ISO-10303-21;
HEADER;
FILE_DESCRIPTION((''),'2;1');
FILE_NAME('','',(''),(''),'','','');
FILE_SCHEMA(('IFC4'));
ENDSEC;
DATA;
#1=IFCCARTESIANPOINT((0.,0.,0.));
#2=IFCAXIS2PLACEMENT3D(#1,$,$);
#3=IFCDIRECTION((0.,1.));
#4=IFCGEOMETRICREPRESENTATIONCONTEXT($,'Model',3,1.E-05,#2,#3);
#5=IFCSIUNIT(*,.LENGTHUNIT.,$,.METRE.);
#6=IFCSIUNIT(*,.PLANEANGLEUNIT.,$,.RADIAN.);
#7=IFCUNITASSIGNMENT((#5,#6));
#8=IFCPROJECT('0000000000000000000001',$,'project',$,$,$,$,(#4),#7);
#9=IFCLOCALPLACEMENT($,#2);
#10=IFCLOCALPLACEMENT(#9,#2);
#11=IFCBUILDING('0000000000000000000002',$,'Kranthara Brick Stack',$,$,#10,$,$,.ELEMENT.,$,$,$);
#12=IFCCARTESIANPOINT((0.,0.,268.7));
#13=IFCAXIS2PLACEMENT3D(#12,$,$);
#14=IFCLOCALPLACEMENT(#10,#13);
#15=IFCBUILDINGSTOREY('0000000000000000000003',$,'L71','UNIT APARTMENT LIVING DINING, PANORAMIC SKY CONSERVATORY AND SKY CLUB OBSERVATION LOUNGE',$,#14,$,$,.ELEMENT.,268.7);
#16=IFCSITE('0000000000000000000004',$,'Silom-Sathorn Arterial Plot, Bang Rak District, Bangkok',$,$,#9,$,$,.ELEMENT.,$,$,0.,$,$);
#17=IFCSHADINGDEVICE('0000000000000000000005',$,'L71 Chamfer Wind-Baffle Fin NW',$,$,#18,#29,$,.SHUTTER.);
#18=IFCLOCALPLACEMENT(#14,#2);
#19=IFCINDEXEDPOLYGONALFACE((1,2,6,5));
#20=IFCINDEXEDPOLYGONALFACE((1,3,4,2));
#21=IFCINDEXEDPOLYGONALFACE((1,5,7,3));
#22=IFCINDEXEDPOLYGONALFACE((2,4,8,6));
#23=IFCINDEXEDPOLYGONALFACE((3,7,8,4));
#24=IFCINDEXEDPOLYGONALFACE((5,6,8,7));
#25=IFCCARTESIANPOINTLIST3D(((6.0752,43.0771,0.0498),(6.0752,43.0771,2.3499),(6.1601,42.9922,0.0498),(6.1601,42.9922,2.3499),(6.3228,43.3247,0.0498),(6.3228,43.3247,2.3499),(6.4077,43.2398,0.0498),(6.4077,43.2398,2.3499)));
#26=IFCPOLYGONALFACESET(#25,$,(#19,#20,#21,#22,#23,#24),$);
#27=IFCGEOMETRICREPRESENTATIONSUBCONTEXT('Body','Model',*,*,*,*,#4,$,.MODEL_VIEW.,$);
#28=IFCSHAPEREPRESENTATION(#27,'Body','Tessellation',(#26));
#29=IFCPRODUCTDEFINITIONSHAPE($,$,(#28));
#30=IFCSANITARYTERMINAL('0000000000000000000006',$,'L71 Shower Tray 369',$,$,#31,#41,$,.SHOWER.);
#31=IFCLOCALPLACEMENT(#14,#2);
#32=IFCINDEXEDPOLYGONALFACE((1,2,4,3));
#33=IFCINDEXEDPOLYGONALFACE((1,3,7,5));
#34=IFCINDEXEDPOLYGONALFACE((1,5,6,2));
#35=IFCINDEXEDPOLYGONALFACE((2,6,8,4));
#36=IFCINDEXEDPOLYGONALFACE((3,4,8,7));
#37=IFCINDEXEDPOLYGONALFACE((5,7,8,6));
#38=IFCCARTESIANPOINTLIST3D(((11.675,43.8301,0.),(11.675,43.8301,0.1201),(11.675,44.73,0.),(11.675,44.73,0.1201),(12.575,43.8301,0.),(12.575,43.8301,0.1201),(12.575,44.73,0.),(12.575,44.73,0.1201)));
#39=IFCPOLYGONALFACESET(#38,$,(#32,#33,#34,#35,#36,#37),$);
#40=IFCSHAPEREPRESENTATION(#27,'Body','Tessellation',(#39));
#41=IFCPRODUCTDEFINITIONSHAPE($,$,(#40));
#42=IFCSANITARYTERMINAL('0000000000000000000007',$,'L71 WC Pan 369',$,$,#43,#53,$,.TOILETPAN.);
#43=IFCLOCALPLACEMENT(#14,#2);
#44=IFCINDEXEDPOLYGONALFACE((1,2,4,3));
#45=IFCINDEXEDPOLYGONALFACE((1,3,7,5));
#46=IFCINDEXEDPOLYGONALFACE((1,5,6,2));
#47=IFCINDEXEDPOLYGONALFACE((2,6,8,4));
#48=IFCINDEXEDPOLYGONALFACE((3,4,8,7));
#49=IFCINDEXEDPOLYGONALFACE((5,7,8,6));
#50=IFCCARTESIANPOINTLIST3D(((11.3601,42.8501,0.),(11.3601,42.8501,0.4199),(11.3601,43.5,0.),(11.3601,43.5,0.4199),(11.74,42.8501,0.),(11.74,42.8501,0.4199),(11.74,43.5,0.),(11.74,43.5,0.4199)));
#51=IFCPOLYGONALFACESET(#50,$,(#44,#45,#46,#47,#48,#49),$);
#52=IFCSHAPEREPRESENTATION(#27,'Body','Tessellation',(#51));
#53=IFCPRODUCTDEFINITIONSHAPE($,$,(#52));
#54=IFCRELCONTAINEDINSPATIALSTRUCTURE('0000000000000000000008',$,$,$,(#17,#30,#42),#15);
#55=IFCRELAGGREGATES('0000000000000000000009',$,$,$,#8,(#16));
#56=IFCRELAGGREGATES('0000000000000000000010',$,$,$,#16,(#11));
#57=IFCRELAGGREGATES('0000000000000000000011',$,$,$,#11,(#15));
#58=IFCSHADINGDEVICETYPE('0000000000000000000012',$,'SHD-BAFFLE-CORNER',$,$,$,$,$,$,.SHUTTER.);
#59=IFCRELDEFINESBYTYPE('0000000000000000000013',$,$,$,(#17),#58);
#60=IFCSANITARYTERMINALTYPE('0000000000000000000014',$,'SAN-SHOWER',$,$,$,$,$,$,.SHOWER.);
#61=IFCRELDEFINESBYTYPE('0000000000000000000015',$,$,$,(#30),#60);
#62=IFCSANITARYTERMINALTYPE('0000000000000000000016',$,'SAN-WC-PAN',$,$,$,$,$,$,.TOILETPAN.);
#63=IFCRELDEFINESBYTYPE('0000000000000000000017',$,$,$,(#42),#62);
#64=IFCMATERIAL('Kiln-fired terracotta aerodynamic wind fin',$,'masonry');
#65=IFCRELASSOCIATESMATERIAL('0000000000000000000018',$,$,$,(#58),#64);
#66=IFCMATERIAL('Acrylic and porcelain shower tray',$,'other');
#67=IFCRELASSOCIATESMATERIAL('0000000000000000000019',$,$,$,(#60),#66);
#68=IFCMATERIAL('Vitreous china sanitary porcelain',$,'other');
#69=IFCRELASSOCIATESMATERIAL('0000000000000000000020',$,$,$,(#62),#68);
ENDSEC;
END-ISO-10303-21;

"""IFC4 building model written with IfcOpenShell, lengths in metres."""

from ifc_helpers import new_model, si_unit, direction, frame, origin, origin_2d, place, context, subcontext, project, spatial, rectangle, extrude, material, type_object, element, save


model = new_model("IFC4")

# Units and contexts
model_context = context("Model", 3, precision=1e-05, world=origin(), true_north=direction((0.0, 1.0)))
body_context = subcontext(model_context, "Body", "Model", "MODEL_VIEW")
ifc_project = project(units=[si_unit("LENGTHUNIT", "METRE"), si_unit("PLANEANGLEUNIT", "RADIAN")], contexts=[model_context])

# Site, building, storey
site_placement = place(None, origin())
site = spatial("IfcSite", under=ifc_project, at=site_placement, Name="Silom-Sathorn Arterial Plot, Bang Rak District, Bangkok", CompositionType="ELEMENT", RefElevation=0.0)
building_placement = place(site_placement, origin())
building = spatial("IfcBuilding", under=site, at=building_placement, Name="Kranthara Brick Stack", CompositionType="ELEMENT")
storey_placement = place(building_placement, frame((0.0, 0.0, 268.7)))
storey = spatial("IfcBuildingStorey", under=building, at=storey_placement, Name="L71", Description="UNIT APARTMENT LIVING DINING, PANORAMIC SKY CONSERVATORY AND SKY CLUB OBSERVATION LOUNGE", CompositionType="ELEMENT", Elevation=268.7)

# Shading device
ifc_material_1 = material(Name="Kiln-fired terracotta aerodynamic wind fin", Category="masonry")
shading_device_type = type_object("IfcShadingDeviceType", Name="SHD-BAFFLE-CORNER", PredefinedType="SHUTTER", material=ifc_material_1)
shading_device_placement = place(storey_placement, frame((6.2415, 43.1584, 0.0498), z_axis=(0.0, 0.0, 1.0), x_axis=(0.707107, 0.707107, 0.0)))
element("IfcShadingDevice", 1, at=shading_device_placement, inside=storey, type_object=shading_device_type, Name="L71 Chamfer Wind-Baffle Fin NW", PredefinedType="SHUTTER", context=body_context, shape_type="SweptSolid", body=[
    extrude(rectangle(XDim=0.3501, YDim=0.1201, at=origin_2d()), origin(), (0.0, 0.0, 1.0), 2.3),
])

# Sanitary terminals
ifc_material_2 = material(Name="Acrylic and porcelain shower tray", Category="other")
sanitary_terminal_type_1 = type_object("IfcSanitaryTerminalType", Name="SAN-SHOWER", PredefinedType="SHOWER", material=ifc_material_2)
sanitary_terminal_1_placement = place(storey_placement, frame((12.125, 44.28, 0.0), z_axis=(0.0, 0.0, 1.0), x_axis=(1.0, 0.0, 0.0)))
element("IfcSanitaryTerminal", 2, at=sanitary_terminal_1_placement, inside=storey, type_object=sanitary_terminal_type_1, Name="L71 Shower Tray 369", PredefinedType="SHOWER", context=body_context, shape_type="SweptSolid", body=[
    extrude(rectangle(XDim=0.8999, YDim=0.8999, at=origin_2d()), origin(), (0.0, 0.0, 1.0), 0.1201),
])
ifc_material_3 = material(Name="Vitreous china sanitary porcelain", Category="other")
sanitary_terminal_type_2 = type_object("IfcSanitaryTerminalType", Name="SAN-WC-PAN", PredefinedType="TOILETPAN", material=ifc_material_3)
sanitary_terminal_2_placement = place(storey_placement, frame((11.55, 43.175, 0.0), z_axis=(0.0, 0.0, 1.0), x_axis=(1.0, 0.0, 0.0)))
element("IfcSanitaryTerminal", 3, at=sanitary_terminal_2_placement, inside=storey, type_object=sanitary_terminal_type_2, Name="L71 WC Pan 369", PredefinedType="TOILETPAN", context=body_context, shape_type="SweptSolid", body=[
    extrude(rectangle(XDim=0.3799, YDim=0.6499, at=origin_2d()), origin(), (0.0, 0.0, 1.0), 0.4199),
])

save(model, "model.ifc")
